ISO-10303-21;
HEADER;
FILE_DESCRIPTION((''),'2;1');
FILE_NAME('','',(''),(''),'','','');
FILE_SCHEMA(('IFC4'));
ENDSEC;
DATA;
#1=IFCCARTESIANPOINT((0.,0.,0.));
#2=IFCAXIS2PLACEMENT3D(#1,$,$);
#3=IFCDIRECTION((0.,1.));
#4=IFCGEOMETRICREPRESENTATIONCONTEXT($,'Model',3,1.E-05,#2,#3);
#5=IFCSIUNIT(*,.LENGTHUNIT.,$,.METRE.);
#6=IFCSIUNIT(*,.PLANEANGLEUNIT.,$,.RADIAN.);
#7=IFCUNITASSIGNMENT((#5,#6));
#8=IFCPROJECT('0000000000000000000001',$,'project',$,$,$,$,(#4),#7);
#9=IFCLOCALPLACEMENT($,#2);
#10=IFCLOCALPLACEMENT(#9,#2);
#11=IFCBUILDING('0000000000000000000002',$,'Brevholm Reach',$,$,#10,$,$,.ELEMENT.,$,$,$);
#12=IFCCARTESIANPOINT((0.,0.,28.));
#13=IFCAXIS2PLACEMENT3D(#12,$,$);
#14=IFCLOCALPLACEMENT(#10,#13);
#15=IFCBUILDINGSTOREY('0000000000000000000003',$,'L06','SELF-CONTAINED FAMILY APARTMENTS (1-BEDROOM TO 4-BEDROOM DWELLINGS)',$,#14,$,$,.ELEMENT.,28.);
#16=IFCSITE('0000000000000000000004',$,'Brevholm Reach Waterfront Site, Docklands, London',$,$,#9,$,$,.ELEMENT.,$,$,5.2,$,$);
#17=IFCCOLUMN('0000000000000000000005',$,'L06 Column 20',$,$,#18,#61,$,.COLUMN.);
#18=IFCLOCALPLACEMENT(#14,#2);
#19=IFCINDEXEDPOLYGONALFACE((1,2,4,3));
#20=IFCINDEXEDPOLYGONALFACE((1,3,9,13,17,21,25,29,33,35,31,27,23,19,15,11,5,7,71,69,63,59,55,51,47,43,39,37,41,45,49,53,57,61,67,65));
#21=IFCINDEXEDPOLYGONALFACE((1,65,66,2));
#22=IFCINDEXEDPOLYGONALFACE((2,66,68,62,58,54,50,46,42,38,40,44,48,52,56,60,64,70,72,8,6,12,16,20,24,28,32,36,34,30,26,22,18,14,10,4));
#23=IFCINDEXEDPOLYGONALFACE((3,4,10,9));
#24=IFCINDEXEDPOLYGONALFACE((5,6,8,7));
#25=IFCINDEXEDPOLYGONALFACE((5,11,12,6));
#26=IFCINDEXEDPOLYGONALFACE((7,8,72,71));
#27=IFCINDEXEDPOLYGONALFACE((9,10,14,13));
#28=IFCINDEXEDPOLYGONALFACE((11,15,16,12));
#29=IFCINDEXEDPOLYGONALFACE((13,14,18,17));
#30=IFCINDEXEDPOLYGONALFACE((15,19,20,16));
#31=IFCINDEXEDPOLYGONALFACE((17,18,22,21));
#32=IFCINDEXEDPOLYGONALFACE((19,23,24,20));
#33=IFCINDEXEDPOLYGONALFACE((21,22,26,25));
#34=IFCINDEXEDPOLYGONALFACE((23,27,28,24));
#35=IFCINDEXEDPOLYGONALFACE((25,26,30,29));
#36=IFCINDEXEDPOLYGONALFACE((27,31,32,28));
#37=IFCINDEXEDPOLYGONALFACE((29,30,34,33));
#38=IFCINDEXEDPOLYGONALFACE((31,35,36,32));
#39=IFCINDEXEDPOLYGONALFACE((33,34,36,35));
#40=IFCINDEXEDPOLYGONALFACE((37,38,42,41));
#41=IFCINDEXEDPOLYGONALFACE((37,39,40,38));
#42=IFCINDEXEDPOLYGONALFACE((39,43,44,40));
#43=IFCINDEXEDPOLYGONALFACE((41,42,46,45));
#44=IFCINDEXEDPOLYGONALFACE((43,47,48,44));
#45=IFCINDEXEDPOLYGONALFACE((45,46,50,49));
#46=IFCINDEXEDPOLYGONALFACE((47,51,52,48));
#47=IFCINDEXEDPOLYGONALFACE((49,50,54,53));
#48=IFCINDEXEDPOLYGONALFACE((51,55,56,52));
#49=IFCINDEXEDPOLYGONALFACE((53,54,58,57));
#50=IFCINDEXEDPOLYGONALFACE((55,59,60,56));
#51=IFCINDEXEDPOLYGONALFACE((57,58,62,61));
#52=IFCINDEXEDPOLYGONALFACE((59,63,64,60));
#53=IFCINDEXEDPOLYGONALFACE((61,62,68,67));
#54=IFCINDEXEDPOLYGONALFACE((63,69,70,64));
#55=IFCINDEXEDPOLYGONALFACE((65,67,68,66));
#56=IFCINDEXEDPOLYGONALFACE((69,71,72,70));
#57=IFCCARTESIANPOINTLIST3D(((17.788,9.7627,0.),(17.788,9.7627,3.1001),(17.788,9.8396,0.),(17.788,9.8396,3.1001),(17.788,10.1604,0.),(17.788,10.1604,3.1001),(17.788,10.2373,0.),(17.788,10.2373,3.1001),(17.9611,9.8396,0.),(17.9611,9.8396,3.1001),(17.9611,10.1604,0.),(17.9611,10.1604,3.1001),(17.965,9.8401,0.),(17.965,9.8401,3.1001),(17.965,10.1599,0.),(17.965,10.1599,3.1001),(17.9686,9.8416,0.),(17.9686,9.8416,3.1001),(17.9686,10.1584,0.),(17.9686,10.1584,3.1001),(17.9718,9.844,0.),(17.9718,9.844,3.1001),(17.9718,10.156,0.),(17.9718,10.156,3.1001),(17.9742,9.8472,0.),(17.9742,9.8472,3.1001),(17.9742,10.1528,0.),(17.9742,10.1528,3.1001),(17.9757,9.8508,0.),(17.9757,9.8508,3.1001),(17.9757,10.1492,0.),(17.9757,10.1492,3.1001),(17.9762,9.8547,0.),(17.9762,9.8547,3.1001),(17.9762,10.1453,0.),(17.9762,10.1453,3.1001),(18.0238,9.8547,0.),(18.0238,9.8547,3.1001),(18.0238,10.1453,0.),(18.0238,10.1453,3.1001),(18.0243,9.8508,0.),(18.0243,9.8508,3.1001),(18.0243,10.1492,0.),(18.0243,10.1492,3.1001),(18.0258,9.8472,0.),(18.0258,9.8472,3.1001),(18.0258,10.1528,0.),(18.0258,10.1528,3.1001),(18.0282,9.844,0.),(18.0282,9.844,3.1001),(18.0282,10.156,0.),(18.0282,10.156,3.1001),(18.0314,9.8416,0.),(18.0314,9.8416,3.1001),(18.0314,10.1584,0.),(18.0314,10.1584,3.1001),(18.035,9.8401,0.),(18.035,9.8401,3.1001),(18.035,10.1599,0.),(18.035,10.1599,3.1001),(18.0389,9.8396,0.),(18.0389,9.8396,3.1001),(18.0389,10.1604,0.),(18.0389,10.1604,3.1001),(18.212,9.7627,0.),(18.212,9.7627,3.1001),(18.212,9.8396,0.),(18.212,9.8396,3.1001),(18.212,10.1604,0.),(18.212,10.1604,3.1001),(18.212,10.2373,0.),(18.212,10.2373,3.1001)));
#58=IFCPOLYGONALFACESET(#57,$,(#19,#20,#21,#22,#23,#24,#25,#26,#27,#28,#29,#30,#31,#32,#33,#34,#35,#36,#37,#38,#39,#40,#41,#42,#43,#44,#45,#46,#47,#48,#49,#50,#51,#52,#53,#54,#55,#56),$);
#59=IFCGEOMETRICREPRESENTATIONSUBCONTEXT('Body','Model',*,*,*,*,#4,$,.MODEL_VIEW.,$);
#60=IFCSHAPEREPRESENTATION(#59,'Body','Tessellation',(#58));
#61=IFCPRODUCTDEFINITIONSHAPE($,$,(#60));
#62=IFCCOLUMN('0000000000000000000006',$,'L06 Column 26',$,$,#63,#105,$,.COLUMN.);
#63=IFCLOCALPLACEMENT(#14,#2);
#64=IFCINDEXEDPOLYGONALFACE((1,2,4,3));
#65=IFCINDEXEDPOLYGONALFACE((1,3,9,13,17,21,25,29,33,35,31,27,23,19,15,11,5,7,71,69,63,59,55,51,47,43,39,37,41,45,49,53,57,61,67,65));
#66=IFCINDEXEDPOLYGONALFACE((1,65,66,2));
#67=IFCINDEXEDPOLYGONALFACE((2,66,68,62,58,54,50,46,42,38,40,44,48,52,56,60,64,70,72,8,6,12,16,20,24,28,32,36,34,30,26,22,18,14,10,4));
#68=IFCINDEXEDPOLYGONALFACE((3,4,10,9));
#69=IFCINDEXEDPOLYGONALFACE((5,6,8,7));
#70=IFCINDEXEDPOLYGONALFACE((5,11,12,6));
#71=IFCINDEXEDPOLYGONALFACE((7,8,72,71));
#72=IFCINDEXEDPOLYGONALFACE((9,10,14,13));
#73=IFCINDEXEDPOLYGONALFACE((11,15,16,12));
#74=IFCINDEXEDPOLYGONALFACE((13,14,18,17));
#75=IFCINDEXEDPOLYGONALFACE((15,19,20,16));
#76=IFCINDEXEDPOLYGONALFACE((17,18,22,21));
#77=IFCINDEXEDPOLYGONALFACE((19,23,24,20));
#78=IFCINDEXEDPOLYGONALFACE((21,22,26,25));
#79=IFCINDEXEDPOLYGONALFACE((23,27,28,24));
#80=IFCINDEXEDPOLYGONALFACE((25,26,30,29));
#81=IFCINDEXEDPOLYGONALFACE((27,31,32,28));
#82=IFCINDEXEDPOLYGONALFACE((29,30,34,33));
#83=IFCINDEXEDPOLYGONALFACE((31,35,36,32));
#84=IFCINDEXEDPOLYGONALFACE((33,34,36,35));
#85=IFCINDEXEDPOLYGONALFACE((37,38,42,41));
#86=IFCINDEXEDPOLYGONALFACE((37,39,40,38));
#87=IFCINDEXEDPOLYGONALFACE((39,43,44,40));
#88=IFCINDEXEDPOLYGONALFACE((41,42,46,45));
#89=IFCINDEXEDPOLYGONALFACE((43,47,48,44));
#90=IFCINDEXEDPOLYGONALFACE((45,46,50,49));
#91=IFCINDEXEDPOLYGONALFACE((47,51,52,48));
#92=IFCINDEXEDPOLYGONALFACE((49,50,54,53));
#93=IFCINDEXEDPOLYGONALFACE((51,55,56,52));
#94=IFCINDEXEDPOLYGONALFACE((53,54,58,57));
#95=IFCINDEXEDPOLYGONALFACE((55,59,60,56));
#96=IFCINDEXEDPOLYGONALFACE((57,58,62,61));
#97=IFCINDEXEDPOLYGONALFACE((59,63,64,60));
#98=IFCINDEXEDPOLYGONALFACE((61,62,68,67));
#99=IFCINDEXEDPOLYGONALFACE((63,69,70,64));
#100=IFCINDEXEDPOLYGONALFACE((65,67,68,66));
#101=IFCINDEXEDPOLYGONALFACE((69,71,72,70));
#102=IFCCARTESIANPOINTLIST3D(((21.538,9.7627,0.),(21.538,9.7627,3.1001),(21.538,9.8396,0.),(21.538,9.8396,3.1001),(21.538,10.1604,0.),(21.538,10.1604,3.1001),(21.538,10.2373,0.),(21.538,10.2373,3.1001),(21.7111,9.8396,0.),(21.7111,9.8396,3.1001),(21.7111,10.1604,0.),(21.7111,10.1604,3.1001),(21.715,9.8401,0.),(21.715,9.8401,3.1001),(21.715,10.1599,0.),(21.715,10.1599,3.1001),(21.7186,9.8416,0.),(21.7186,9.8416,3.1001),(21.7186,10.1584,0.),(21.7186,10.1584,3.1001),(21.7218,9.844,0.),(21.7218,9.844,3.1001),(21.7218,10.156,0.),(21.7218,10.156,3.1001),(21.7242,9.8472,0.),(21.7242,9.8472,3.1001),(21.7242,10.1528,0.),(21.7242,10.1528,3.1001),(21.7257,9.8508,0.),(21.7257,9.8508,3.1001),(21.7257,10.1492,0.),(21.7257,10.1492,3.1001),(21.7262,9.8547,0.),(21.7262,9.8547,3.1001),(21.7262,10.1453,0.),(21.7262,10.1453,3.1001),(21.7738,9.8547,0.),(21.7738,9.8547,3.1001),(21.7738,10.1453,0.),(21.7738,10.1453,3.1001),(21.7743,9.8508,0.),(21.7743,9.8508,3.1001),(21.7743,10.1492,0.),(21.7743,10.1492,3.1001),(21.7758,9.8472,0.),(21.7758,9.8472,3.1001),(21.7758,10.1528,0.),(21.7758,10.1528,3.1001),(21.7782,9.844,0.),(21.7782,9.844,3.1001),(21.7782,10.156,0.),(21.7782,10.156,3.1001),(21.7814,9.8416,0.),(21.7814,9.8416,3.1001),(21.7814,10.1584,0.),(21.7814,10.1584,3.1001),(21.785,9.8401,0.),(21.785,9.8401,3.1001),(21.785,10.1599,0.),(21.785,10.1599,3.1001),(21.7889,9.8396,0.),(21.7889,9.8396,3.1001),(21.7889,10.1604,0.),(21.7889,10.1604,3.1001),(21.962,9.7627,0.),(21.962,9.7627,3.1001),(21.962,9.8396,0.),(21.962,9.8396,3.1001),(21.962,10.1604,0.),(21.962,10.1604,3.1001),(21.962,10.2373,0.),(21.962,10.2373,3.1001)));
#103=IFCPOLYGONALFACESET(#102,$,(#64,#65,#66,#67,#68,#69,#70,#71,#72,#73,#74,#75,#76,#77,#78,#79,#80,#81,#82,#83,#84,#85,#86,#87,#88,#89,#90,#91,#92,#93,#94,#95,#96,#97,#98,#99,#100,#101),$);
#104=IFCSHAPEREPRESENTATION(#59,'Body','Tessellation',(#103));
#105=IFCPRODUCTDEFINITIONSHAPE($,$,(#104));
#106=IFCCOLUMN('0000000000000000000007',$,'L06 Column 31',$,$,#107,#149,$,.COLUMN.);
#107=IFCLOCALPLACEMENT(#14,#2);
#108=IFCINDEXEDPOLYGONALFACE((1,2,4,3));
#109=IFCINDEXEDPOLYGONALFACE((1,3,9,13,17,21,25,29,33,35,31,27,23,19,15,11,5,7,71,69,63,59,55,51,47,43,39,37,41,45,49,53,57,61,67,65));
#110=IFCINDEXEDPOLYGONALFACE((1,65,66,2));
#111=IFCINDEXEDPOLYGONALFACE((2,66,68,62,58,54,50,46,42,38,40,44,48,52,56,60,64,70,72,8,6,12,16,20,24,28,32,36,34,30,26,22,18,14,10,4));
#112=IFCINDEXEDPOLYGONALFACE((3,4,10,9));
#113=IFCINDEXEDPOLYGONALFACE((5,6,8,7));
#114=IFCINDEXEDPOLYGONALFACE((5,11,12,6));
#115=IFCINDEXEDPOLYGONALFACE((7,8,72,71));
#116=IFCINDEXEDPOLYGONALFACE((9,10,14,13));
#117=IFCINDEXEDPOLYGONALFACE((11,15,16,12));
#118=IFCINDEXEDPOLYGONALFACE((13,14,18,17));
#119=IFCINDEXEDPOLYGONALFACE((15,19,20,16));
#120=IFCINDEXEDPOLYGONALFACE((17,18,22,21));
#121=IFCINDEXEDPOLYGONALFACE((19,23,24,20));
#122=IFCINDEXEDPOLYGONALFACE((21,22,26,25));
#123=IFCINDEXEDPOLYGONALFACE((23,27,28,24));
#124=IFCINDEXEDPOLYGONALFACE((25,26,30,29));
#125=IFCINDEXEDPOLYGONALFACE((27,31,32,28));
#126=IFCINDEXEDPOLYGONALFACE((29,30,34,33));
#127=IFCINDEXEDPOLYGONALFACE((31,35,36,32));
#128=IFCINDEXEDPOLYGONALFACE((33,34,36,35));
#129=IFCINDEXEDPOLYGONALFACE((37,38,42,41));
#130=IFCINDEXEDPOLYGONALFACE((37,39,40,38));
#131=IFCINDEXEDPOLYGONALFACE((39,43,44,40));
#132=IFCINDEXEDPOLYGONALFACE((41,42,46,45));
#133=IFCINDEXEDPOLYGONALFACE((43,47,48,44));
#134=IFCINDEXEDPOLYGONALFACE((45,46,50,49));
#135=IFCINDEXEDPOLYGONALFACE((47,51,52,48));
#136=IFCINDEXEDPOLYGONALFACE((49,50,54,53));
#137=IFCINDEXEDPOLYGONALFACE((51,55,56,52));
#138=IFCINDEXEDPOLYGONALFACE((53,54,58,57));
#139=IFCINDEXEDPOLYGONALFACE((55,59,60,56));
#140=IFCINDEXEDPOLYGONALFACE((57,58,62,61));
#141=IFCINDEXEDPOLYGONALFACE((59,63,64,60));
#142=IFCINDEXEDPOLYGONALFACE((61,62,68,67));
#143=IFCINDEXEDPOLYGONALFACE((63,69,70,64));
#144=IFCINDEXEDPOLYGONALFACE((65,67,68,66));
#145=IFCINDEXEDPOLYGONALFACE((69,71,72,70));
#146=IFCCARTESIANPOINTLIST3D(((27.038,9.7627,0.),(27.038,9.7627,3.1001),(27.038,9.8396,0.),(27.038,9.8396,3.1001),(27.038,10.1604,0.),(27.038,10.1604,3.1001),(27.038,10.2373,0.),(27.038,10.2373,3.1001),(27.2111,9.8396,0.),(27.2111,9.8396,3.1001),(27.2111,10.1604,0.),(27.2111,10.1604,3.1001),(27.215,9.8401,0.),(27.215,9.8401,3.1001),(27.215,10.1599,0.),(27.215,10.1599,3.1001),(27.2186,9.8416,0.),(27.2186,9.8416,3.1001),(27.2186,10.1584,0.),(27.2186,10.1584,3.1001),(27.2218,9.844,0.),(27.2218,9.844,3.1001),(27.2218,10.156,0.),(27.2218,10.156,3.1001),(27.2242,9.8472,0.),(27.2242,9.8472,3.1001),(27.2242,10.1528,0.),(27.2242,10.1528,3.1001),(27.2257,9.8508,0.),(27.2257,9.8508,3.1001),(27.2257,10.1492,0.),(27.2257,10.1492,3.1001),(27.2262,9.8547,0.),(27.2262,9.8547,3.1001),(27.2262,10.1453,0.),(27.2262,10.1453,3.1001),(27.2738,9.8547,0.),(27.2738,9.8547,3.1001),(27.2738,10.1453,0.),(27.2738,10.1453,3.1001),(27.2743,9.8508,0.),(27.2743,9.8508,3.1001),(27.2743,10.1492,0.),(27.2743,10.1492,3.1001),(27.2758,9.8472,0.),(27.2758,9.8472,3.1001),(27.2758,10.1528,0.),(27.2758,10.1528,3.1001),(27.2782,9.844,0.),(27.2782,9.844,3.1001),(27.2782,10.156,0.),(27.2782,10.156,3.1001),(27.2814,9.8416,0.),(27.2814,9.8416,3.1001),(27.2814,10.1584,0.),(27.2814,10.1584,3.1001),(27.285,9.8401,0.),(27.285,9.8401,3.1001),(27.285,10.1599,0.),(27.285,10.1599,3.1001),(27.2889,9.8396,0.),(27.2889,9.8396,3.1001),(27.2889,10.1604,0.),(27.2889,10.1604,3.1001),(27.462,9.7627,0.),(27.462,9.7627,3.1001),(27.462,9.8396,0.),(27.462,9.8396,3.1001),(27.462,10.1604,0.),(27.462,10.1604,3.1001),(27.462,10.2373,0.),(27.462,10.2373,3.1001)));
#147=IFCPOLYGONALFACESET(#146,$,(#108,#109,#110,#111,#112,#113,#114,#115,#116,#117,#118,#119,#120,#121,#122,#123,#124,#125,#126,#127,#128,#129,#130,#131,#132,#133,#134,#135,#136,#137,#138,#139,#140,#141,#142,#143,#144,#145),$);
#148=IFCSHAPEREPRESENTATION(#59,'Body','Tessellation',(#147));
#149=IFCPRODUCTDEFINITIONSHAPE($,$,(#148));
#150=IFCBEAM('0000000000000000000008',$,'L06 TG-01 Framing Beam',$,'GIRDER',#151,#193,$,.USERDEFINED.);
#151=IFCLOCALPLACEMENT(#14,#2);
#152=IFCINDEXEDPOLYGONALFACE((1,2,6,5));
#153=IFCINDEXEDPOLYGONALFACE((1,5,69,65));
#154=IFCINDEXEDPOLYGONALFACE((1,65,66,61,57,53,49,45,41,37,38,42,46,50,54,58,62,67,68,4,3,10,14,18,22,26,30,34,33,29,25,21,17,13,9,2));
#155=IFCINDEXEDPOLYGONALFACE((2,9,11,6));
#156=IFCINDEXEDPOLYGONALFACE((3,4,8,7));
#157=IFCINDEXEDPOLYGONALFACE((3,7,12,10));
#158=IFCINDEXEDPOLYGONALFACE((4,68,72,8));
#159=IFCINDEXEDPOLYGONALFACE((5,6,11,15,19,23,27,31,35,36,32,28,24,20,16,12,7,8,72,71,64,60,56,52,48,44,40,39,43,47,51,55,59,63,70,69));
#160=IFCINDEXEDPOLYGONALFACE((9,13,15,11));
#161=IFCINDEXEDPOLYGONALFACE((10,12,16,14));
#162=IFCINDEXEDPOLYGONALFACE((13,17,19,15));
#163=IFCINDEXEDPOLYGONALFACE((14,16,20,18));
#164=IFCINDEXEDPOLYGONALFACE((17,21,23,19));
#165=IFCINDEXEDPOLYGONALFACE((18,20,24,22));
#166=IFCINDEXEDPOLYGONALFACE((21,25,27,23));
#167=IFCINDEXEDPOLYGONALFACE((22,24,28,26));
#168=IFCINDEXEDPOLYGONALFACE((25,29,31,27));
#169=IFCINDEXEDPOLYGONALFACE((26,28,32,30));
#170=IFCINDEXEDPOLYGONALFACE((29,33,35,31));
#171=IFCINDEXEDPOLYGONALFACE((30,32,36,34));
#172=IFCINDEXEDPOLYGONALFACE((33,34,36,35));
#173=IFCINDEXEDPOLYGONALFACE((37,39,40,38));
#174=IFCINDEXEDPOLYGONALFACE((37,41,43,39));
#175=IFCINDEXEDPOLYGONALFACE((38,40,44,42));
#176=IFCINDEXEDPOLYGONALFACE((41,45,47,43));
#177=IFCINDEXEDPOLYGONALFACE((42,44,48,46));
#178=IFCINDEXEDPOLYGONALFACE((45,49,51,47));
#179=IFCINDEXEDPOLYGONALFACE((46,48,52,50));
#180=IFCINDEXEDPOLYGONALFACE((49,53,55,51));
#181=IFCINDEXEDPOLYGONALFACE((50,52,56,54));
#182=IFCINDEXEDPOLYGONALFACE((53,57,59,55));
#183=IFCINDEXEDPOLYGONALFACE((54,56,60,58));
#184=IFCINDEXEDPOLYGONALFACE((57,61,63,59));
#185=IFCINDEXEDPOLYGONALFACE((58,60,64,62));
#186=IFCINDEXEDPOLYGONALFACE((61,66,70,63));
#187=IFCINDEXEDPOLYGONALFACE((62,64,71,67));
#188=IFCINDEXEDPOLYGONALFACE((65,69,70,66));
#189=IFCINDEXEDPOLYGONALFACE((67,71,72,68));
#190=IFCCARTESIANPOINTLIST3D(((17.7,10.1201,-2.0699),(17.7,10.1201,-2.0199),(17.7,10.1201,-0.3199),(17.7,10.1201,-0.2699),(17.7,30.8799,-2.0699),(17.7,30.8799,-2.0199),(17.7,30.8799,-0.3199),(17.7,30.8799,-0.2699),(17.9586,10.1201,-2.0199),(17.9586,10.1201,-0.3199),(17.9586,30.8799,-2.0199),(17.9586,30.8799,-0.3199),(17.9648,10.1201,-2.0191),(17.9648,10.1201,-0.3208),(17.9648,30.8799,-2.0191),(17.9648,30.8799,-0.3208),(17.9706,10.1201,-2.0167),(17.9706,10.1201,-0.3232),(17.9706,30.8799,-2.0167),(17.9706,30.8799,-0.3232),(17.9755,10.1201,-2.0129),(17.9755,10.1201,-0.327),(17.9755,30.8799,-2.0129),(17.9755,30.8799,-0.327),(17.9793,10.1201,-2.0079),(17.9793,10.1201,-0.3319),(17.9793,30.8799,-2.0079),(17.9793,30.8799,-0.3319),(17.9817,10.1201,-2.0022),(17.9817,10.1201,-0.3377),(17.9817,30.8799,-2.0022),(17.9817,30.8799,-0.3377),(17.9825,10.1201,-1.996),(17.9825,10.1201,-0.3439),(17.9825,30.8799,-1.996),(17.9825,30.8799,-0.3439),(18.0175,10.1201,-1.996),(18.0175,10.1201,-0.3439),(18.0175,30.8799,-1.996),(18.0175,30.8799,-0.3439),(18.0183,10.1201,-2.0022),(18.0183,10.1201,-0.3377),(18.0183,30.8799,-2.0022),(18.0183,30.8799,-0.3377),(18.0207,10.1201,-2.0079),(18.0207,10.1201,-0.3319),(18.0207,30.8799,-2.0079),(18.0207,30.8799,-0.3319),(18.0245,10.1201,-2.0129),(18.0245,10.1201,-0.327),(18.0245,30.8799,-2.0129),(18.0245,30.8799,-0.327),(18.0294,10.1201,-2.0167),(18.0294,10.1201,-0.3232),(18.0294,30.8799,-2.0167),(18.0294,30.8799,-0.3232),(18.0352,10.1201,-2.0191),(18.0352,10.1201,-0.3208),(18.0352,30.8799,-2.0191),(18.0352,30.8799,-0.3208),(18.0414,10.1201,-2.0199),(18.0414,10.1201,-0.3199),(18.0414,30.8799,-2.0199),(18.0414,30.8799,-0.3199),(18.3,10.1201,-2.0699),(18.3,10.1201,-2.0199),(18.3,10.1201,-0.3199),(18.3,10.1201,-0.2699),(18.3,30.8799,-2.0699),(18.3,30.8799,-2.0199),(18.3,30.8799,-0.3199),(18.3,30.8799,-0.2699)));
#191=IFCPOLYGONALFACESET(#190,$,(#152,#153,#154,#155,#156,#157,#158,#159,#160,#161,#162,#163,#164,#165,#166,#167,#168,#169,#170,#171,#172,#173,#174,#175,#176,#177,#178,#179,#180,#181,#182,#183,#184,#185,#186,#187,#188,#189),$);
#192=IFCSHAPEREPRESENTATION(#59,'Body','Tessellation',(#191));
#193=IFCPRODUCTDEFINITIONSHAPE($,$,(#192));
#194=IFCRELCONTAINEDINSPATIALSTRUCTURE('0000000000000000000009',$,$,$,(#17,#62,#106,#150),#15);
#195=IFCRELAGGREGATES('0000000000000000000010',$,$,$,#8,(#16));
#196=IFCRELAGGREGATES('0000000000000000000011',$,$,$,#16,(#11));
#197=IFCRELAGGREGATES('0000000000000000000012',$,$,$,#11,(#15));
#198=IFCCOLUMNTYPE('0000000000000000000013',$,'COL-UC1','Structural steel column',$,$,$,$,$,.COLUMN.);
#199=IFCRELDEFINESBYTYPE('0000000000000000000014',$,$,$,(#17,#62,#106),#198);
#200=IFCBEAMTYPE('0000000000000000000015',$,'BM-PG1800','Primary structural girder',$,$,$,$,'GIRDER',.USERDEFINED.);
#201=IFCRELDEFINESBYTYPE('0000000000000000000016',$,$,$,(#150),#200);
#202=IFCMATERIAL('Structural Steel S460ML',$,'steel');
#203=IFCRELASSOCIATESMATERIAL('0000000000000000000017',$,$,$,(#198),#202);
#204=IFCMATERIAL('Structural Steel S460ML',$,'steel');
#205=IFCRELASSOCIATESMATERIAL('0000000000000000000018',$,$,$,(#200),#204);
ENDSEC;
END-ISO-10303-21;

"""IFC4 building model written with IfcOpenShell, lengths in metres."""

from ifc_helpers import new_model, si_unit, direction, frame, origin, origin_2d, place, context, subcontext, project, spatial, i_section, extrude, material, material_profile, profile_set, type_object, element, save


model = new_model("IFC4")

# Units and contexts
model_context = context("Model", 3, precision=1e-05, world=origin(), true_north=direction((0.0, 1.0)))
body_context = subcontext(model_context, "Body", "Model", "MODEL_VIEW")
ifc_project = project(units=[si_unit("LENGTHUNIT", "METRE"), si_unit("PLANEANGLEUNIT", "RADIAN")], contexts=[model_context])

# Site, building, storey
site_placement = place(None, origin())
site = spatial("IfcSite", under=ifc_project, at=site_placement, Name="Brevholm Reach Waterfront Site, Docklands, London", CompositionType="ELEMENT", RefElevation=5.2)
building_placement = place(site_placement, origin())
building = spatial("IfcBuilding", under=site, at=building_placement, Name="Brevholm Reach", CompositionType="ELEMENT")
storey_placement = place(building_placement, frame((0.0, 0.0, 28.0)))
storey = spatial("IfcBuildingStorey", under=building, at=storey_placement, Name="L06", Description="SELF-CONTAINED FAMILY APARTMENTS (1-BEDROOM TO 4-BEDROOM DWELLINGS)", CompositionType="ELEMENT", Elevation=28.0)

# Columns
ifc_material_1 = material(Name="Structural Steel S460ML", Category="steel")
ifc_material_profile_1 = material_profile(ifc_material_1, i_section(OverallWidth=0.4241, OverallDepth=0.4746, WebThickness=0.0476, FlangeThickness=0.0769, FilletRadius=0.0151, at=origin_2d()), Name="UKC 356x406x634")
ifc_profile_set_1 = profile_set([ifc_material_profile_1], Name="Structural Steel S460ML")
column_type = type_object("IfcColumnType", Name="COL-UC1", Description="Structural steel column", PredefinedType="COLUMN", material=ifc_profile_set_1)
for number, where, z_axis, x_axis, name in (
    (1, (18.0, 10.0, 0.0), (0.0, 0.0, 1.0), (1.0, 0.0, 0.0), "L06 Column 20"),
    (2, (21.75, 10.0, 0.0), (0.0, 0.0, 1.0), (1.0, 0.0, 0.0), "L06 Column 26"),
    (3, (27.25, 10.0, 0.0), (0.0, 0.0, 1.0), (1.0, 0.0, 0.0), "L06 Column 31"),
):
    element("IfcColumn", number, at=place(storey_placement, frame(where, z_axis=z_axis, x_axis=x_axis)), inside=storey, type_object=column_type, Name=name, PredefinedType="COLUMN", context=body_context, shape_type="SweptSolid", body=[
        extrude(i_section(OverallWidth=0.4241, OverallDepth=0.4746, WebThickness=0.0476, FlangeThickness=0.0769, FilletRadius=0.0151, at=origin_2d()), origin(), (0.0, 0.0, 1.0), 3.1001),
    ])

# Beam
ifc_material_2 = material(Name="Structural Steel S460ML", Category="steel")
ifc_material_profile_2 = material_profile(ifc_material_2, i_section(OverallWidth=0.6001, OverallDepth=1.8, WebThickness=0.0349, FlangeThickness=0.05, FilletRadius=0.0239, at=origin_2d()), Name="PG 1800x600x50")
ifc_profile_set_2 = profile_set([ifc_material_profile_2], Name="Structural Steel S460ML")
beam_type_1 = type_object("IfcBeamType", Name="BM-PG1800", Description="Primary structural girder", ElementType="GIRDER", PredefinedType="USERDEFINED", material=ifc_profile_set_2)
for number, where, z_axis, x_axis, name in (
    (4, (18.0, 10.1201, -1.1699), (0.0, 1.0, 0.0), (-1.0, 0.0, 0.0), "L06 TG-01 Framing Beam"),
):
    element("IfcBeam", number, at=place(storey_placement, frame(where, z_axis=z_axis, x_axis=x_axis)), inside=storey, type_object=beam_type_1, Name=name, ObjectType="GIRDER", PredefinedType="USERDEFINED", context=body_context, shape_type="SweptSolid", body=[
        extrude(i_section(OverallWidth=0.6001, OverallDepth=1.8, WebThickness=0.0349, FlangeThickness=0.05, FilletRadius=0.0239, at=origin_2d()), origin(), (0.0, 0.0, 1.0), 20.7598),
    ])

save(model, "model.ifc")
